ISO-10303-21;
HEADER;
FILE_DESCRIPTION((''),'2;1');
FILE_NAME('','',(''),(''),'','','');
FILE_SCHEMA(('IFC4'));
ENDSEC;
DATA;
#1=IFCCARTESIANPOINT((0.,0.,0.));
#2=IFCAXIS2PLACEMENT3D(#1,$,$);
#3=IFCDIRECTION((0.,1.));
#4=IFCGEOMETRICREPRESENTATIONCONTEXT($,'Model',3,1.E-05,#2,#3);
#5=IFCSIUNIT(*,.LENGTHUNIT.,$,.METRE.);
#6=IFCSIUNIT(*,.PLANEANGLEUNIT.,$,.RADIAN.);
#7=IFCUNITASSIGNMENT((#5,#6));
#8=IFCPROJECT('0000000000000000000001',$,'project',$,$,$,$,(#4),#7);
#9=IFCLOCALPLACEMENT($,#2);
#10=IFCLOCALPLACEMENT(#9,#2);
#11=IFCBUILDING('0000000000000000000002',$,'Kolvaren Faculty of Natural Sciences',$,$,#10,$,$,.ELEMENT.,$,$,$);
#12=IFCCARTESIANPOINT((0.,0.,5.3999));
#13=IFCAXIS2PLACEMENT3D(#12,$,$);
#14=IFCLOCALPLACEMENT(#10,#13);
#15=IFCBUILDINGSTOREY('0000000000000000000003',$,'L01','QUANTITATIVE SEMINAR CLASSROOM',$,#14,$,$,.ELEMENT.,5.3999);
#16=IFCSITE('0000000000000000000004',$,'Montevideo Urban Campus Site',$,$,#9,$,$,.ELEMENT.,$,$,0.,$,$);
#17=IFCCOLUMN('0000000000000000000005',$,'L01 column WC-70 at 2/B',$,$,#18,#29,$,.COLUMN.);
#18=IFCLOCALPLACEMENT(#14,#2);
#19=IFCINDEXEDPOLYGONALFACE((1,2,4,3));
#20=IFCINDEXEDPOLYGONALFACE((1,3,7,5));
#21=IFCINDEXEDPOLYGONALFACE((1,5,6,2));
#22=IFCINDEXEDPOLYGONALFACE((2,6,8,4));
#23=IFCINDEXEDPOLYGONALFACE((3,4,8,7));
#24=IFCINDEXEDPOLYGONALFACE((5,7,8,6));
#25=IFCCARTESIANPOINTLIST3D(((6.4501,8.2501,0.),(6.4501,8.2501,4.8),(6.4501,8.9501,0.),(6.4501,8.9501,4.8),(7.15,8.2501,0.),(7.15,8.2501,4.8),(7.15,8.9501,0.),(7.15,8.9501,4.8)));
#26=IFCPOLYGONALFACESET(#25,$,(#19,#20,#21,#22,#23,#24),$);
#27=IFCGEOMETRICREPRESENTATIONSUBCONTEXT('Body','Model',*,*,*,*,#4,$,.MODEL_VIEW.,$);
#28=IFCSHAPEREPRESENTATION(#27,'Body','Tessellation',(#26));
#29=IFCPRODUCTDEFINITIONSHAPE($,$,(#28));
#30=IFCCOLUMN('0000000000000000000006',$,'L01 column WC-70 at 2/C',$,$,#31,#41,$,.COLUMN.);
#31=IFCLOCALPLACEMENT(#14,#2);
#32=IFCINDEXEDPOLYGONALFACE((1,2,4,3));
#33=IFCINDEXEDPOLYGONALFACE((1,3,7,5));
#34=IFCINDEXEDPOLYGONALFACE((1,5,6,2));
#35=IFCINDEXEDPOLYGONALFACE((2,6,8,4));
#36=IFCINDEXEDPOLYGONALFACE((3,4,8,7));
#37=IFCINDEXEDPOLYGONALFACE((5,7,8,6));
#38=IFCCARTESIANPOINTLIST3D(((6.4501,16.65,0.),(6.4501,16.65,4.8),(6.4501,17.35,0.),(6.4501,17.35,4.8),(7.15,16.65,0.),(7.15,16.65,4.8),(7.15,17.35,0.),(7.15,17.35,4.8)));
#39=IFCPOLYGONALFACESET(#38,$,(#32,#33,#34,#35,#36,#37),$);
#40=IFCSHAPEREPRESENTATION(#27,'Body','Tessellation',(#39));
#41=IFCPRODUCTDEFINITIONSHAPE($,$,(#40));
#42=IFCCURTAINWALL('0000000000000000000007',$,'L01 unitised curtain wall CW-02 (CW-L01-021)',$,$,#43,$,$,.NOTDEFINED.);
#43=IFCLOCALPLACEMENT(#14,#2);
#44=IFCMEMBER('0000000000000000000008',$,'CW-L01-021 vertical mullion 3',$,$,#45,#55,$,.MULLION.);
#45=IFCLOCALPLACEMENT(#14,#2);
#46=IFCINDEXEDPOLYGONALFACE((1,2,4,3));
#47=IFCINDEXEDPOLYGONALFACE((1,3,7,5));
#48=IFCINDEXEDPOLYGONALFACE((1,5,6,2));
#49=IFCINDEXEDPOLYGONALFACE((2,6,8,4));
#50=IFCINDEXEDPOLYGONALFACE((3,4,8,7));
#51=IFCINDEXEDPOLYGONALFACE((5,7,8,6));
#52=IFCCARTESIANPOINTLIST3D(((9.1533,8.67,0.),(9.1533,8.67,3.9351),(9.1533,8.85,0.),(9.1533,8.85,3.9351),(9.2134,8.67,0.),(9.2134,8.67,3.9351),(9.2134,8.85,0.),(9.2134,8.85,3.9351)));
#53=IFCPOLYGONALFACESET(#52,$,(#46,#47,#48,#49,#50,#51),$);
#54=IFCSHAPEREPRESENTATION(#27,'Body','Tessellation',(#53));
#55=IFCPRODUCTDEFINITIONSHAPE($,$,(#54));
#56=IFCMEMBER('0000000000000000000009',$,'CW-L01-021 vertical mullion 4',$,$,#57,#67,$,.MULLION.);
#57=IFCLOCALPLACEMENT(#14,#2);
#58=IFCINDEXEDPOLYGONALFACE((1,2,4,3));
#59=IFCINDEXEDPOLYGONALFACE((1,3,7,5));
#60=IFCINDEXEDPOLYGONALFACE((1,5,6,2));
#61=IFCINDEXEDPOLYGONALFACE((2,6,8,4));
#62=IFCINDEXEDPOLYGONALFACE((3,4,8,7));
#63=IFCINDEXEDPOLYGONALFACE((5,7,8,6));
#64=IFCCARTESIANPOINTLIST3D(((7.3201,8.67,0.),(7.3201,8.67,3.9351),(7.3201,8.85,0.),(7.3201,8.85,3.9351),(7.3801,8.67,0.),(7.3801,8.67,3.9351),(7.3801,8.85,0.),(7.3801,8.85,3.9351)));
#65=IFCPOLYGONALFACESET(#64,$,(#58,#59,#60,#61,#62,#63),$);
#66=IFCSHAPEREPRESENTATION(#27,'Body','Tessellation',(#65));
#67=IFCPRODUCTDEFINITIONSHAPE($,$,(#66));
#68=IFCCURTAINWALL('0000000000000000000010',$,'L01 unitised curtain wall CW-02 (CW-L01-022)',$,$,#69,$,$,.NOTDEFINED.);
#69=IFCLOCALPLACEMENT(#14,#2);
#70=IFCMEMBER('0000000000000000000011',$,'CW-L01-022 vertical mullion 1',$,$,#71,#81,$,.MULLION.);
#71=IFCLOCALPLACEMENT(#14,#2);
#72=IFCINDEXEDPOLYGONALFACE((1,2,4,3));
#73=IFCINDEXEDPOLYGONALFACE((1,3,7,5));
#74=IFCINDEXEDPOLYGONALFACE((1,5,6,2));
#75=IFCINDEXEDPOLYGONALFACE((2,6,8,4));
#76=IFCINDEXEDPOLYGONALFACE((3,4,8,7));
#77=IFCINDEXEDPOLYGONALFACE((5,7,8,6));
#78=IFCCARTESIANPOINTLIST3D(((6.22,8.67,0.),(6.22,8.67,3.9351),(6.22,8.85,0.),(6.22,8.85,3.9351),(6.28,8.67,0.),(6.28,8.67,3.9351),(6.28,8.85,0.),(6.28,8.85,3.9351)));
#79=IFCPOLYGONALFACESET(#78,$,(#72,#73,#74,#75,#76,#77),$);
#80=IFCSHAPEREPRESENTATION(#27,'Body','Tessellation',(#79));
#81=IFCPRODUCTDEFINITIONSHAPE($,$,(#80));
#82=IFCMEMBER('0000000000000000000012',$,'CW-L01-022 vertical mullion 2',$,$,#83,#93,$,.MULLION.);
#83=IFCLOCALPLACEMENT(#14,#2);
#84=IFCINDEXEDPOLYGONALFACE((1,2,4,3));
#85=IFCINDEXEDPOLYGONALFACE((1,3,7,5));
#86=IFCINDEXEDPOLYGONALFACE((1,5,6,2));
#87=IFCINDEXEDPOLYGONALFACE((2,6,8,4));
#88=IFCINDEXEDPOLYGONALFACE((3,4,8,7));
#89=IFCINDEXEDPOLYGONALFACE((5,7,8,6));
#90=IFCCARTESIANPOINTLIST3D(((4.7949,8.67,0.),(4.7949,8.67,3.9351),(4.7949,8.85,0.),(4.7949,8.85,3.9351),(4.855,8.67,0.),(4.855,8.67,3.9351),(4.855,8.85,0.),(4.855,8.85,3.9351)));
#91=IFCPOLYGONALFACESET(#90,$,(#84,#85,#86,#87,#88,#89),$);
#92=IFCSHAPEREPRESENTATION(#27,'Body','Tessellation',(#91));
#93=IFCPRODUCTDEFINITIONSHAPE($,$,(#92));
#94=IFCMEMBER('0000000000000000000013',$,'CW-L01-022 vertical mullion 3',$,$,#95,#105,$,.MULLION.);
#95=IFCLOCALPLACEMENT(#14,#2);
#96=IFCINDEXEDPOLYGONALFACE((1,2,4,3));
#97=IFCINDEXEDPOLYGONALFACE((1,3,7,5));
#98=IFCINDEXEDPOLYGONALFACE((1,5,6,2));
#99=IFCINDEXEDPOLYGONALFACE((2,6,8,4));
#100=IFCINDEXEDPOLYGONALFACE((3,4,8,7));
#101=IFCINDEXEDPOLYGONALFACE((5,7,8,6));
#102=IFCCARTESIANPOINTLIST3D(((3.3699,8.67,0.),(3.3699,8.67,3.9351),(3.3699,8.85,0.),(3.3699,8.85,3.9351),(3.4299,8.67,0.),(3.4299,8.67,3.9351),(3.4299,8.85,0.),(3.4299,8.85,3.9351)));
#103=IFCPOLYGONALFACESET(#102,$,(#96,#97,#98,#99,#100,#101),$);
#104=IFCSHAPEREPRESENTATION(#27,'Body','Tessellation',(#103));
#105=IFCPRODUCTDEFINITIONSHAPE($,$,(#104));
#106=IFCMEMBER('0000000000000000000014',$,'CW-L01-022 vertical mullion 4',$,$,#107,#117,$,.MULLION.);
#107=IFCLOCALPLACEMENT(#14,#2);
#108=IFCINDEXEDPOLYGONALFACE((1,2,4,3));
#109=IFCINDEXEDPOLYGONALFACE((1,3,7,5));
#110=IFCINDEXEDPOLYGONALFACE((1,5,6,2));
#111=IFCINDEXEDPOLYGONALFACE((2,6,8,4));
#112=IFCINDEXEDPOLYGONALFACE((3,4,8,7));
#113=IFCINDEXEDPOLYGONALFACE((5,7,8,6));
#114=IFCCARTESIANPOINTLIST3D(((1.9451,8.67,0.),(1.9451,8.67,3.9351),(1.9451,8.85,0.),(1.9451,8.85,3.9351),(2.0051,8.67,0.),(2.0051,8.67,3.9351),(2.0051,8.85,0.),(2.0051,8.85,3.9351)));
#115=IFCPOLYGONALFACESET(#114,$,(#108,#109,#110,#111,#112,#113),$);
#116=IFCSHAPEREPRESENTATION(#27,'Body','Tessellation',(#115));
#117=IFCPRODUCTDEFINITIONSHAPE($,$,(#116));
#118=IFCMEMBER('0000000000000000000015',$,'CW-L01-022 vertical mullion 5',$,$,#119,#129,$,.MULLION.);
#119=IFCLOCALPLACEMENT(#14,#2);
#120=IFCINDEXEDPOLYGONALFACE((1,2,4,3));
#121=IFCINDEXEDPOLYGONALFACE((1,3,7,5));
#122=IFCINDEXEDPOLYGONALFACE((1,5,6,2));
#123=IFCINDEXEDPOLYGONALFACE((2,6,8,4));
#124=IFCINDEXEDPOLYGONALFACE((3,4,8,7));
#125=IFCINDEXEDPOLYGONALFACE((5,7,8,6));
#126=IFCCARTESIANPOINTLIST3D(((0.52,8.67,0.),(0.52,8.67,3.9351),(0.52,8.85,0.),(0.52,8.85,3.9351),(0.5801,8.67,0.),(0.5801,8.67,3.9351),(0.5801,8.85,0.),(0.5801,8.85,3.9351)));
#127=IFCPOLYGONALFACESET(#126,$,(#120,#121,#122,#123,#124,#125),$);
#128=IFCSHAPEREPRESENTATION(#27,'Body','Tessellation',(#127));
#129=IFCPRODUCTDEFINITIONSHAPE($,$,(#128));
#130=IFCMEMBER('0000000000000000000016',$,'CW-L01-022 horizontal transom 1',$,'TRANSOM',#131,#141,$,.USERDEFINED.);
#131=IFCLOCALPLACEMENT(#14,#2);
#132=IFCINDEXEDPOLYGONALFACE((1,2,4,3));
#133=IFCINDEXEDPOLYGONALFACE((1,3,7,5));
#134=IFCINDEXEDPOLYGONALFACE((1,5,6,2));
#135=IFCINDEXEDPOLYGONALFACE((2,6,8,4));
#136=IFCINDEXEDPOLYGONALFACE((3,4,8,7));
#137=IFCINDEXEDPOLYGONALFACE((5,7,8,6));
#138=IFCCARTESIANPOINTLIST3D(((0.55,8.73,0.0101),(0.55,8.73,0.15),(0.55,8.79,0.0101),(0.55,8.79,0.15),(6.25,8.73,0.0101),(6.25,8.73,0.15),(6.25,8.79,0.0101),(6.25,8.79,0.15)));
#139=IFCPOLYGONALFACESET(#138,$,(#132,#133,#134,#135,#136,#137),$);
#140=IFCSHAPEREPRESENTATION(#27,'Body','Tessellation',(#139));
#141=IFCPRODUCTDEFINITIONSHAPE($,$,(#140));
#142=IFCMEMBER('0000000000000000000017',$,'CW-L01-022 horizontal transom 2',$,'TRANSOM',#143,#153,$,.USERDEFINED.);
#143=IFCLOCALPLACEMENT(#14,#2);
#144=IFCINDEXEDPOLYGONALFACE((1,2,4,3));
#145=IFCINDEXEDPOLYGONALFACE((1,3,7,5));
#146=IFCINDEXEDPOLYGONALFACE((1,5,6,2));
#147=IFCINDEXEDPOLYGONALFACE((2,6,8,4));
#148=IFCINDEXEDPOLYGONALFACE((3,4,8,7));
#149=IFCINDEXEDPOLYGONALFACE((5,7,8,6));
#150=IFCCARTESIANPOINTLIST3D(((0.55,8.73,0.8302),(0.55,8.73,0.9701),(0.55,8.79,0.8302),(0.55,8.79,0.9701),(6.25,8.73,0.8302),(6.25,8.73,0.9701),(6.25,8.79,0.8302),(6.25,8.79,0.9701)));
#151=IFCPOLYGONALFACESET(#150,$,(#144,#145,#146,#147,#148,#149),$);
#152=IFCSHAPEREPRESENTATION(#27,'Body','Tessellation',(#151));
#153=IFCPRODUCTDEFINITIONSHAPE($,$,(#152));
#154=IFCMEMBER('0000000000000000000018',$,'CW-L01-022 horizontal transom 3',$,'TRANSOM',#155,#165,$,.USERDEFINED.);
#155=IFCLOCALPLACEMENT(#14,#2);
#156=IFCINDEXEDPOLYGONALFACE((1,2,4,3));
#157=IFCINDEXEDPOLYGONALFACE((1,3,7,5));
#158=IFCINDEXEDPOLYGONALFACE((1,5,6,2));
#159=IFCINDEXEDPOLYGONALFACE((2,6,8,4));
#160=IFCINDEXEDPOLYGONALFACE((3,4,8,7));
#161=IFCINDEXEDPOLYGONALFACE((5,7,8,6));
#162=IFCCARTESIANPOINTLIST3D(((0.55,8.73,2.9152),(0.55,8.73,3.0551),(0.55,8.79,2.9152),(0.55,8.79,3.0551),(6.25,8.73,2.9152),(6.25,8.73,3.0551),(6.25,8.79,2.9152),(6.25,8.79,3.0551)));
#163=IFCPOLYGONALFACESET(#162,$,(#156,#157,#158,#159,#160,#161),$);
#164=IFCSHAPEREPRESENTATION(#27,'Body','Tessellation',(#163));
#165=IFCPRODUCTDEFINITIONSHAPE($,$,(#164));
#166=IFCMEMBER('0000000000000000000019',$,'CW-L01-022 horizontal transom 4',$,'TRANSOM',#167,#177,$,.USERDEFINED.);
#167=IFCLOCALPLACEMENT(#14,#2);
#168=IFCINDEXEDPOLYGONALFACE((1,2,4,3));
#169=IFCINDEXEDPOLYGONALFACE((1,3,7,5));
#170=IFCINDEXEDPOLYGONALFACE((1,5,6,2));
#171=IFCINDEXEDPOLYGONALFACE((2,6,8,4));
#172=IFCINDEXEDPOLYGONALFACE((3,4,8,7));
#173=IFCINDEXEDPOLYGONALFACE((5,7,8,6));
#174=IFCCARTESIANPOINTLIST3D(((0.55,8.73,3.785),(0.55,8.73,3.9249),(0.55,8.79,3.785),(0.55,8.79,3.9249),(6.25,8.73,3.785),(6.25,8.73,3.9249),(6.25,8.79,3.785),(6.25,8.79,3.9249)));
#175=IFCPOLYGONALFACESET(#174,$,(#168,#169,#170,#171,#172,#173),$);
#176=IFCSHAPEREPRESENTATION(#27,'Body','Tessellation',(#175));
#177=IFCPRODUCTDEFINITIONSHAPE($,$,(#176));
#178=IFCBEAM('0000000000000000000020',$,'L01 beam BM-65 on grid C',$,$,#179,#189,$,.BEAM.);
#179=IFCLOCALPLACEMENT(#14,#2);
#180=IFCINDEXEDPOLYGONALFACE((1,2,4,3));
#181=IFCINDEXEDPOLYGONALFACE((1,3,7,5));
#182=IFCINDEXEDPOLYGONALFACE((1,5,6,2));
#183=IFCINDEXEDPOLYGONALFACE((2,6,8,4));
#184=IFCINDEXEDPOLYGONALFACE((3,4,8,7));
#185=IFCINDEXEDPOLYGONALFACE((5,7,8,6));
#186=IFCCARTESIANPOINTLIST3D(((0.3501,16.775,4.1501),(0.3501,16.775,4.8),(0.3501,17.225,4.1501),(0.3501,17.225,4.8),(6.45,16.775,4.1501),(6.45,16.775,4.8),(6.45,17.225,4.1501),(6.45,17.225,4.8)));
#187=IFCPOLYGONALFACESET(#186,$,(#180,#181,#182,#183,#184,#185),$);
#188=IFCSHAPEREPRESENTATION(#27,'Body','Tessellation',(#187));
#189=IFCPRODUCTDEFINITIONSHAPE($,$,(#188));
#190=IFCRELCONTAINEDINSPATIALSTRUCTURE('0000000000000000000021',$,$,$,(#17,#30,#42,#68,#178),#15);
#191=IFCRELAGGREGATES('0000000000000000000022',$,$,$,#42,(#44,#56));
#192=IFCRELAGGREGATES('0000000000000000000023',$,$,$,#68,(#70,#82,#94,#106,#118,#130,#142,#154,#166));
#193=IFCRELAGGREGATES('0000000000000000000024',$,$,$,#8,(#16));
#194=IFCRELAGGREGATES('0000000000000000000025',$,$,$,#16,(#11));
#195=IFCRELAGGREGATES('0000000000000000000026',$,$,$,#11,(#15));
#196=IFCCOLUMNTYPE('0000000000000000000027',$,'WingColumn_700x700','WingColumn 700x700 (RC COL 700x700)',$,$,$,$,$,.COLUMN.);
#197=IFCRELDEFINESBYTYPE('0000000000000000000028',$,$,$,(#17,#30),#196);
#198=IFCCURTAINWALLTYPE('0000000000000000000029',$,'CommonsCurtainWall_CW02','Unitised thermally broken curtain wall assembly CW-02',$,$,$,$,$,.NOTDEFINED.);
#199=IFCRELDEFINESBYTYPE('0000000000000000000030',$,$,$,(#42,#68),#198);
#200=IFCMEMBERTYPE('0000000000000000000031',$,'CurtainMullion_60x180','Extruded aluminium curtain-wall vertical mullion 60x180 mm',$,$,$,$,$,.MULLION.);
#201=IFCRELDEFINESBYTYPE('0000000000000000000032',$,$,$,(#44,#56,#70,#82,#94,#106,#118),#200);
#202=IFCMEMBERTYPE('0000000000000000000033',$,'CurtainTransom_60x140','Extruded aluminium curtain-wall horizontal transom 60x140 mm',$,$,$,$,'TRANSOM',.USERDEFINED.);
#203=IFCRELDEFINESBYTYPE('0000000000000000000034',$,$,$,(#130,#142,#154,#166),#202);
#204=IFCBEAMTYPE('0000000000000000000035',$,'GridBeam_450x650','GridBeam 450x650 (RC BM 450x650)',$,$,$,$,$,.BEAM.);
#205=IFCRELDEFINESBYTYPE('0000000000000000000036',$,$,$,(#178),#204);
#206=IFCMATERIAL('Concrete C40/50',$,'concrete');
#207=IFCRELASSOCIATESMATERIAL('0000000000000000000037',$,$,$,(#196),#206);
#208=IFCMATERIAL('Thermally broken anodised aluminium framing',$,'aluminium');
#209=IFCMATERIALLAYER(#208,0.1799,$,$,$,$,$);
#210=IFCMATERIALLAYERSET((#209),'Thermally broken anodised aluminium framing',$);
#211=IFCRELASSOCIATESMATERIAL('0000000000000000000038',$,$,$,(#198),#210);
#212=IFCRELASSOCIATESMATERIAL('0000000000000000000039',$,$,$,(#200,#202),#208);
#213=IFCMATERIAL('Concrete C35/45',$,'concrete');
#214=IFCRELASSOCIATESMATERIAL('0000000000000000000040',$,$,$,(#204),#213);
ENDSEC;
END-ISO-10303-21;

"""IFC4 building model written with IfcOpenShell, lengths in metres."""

from ifc_helpers import new_model, si_unit, direction, frame, origin, origin_2d, place, context, subcontext, project, spatial, rectangle, extrude, material, layer, layer_set, material_profile, profile_set, type_object, element, aggregate, save


model = new_model("IFC4")

# Units and contexts
model_context = context("Model", 3, precision=1e-05, world=origin(), true_north=direction((0.0, 1.0)))
body_context = subcontext(model_context, "Body", "Model", "MODEL_VIEW")
ifc_project = project(units=[si_unit("LENGTHUNIT", "METRE"), si_unit("PLANEANGLEUNIT", "RADIAN")], contexts=[model_context])

# Site, building, storey
site_placement = place(None, origin())
site = spatial("IfcSite", under=ifc_project, at=site_placement, Name="Montevideo Urban Campus Site", CompositionType="ELEMENT", RefElevation=0.0)
building_placement = place(site_placement, origin())
building = spatial("IfcBuilding", under=site, at=building_placement, Name="Kolvaren Faculty of Natural Sciences", CompositionType="ELEMENT")
storey_placement = place(building_placement, frame((0.0, 0.0, 5.3999)))
storey = spatial("IfcBuildingStorey", under=building, at=storey_placement, Name="L01", Description="QUANTITATIVE SEMINAR CLASSROOM", CompositionType="ELEMENT", Elevation=5.3999)

# Columns
ifc_material_1 = material(Name="Concrete C40/50", Category="concrete")
ifc_material_profile_1 = material_profile(ifc_material_1, rectangle(XDim=0.7, YDim=0.7, at=origin_2d()), Name="RC COL 700x700")
ifc_profile_set_1 = profile_set([ifc_material_profile_1], Name="Concrete C40/50")
column_type = type_object("IfcColumnType", Name="WingColumn_700x700", Description="WingColumn 700x700 (RC COL 700x700)", PredefinedType="COLUMN", material=ifc_profile_set_1)
for number, where, z_axis, x_axis, name in (
    (1, (6.8, 8.6001, 0.0), (0.0, 0.0, 1.0), (1.0, 0.0, 0.0), "L01 column WC-70 at 2/B"),
    (2, (6.8, 17.0, 0.0), (0.0, 0.0, 1.0), (1.0, 0.0, 0.0), "L01 column WC-70 at 2/C"),
):
    element("IfcColumn", number, at=place(storey_placement, frame(where, z_axis=z_axis, x_axis=x_axis)), inside=storey, type_object=column_type, Name=name, PredefinedType="COLUMN", context=body_context, shape_type="SweptSolid", body=[
        extrude(rectangle(XDim=0.7, YDim=0.7, at=origin_2d()), origin(), (0.0, 0.0, 1.0), 4.8),
    ])

# Curtain walls, members
ifc_material_2 = material(Name="Thermally broken anodised aluminium framing", Category="aluminium")
ifc_layer_1 = layer(ifc_material_2, 0.1799)
ifc_layer_set_1 = layer_set([ifc_layer_1], Name="Thermally broken anodised aluminium framing")
curtain_wall_type = type_object("IfcCurtainWallType", Name="CommonsCurtainWall_CW02", Description="Unitised thermally broken curtain wall assembly CW-02", PredefinedType="NOTDEFINED", material=ifc_layer_set_1)
curtain_wall_1_placement = place(storey_placement, origin())
curtain_wall_1 = element("IfcCurtainWall", 3, at=curtain_wall_1_placement, inside=storey, type_object=curtain_wall_type, Name="L01 unitised curtain wall CW-02 (CW-L01-021)", PredefinedType="NOTDEFINED")
ifc_material_profile_2 = material_profile(ifc_material_2, rectangle(XDim=0.0601, YDim=0.1799, at=origin_2d()), Name="ALU MUL 60x180")
ifc_profile_set_2 = profile_set([ifc_material_profile_2], Name="Thermally broken anodised aluminium framing")
member_type_1 = type_object("IfcMemberType", Name="CurtainMullion_60x180", Description="Extruded aluminium curtain-wall vertical mullion 60x180 mm", PredefinedType="MULLION", material=ifc_profile_set_2)
member_1_placement = place(storey_placement, frame((9.1833, 8.76, 0.0), z_axis=(0.0, 0.0, 1.0), x_axis=(-1.0, 0.0, 0.0)))
member_1 = element("IfcMember", 4, at=member_1_placement, type_object=member_type_1, Name="CW-L01-021 vertical mullion 3", PredefinedType="MULLION", context=body_context, shape_type="SweptSolid", body=[
    extrude(rectangle(XDim=0.0601, YDim=0.1799, at=origin_2d()), origin(), (0.0, 0.0, 1.0), 3.9351),
])
member_2_placement = place(storey_placement, frame((7.3501, 8.76, 0.0), z_axis=(0.0, 0.0, 1.0), x_axis=(-1.0, 0.0, 0.0)))
member_2 = element("IfcMember", 5, at=member_2_placement, type_object=member_type_1, Name="CW-L01-021 vertical mullion 4", PredefinedType="MULLION", context=body_context, shape_type="SweptSolid", body=[
    extrude(rectangle(XDim=0.0601, YDim=0.1799, at=origin_2d()), origin(), (0.0, 0.0, 1.0), 3.9351),
])
curtain_wall_2_placement = place(storey_placement, origin())
curtain_wall_2 = element("IfcCurtainWall", 6, at=curtain_wall_2_placement, inside=storey, type_object=curtain_wall_type, Name="L01 unitised curtain wall CW-02 (CW-L01-022)", PredefinedType="NOTDEFINED")
member_3_placement = place(storey_placement, frame((6.25, 8.76, 0.0), z_axis=(0.0, 0.0, 1.0), x_axis=(-1.0, 0.0, 0.0)))
member_3 = element("IfcMember", 7, at=member_3_placement, type_object=member_type_1, Name="CW-L01-022 vertical mullion 1", PredefinedType="MULLION", context=body_context, shape_type="SweptSolid", body=[
    extrude(rectangle(XDim=0.0601, YDim=0.1799, at=origin_2d()), origin(), (0.0, 0.0, 1.0), 3.9351),
])
member_4_placement = place(storey_placement, frame((4.825, 8.76, 0.0), z_axis=(0.0, 0.0, 1.0), x_axis=(-1.0, 0.0, 0.0)))
member_4 = element("IfcMember", 8, at=member_4_placement, type_object=member_type_1, Name="CW-L01-022 vertical mullion 2", PredefinedType="MULLION", context=body_context, shape_type="SweptSolid", body=[
    extrude(rectangle(XDim=0.0601, YDim=0.1799, at=origin_2d()), origin(), (0.0, 0.0, 1.0), 3.9351),
])
member_5_placement = place(storey_placement, frame((3.3999, 8.76, 0.0), z_axis=(0.0, 0.0, 1.0), x_axis=(-1.0, 0.0, 0.0)))
member_5 = element("IfcMember", 9, at=member_5_placement, type_object=member_type_1, Name="CW-L01-022 vertical mullion 3", PredefinedType="MULLION", context=body_context, shape_type="SweptSolid", body=[
    extrude(rectangle(XDim=0.0601, YDim=0.1799, at=origin_2d()), origin(), (0.0, 0.0, 1.0), 3.9351),
])
member_6_placement = place(storey_placement, frame((1.9751, 8.76, 0.0), z_axis=(0.0, 0.0, 1.0), x_axis=(-1.0, 0.0, 0.0)))
member_6 = element("IfcMember", 10, at=member_6_placement, type_object=member_type_1, Name="CW-L01-022 vertical mullion 4", PredefinedType="MULLION", context=body_context, shape_type="SweptSolid", body=[
    extrude(rectangle(XDim=0.0601, YDim=0.1799, at=origin_2d()), origin(), (0.0, 0.0, 1.0), 3.9351),
])
member_7_placement = place(storey_placement, frame((0.55, 8.76, 0.0), z_axis=(0.0, 0.0, 1.0), x_axis=(-1.0, 0.0, 0.0)))
member_7 = element("IfcMember", 11, at=member_7_placement, type_object=member_type_1, Name="CW-L01-022 vertical mullion 5", PredefinedType="MULLION", context=body_context, shape_type="SweptSolid", body=[
    extrude(rectangle(XDim=0.0601, YDim=0.1799, at=origin_2d()), origin(), (0.0, 0.0, 1.0), 3.9351),
])
ifc_material_profile_3 = material_profile(ifc_material_2, rectangle(XDim=0.0601, YDim=0.1399, at=origin_2d()), Name="ALU TRN 60x140")
ifc_profile_set_3 = profile_set([ifc_material_profile_3], Name="Thermally broken anodised aluminium framing")
member_type_2 = type_object("IfcMemberType", Name="CurtainTransom_60x140", Description="Extruded aluminium curtain-wall horizontal transom 60x140 mm", ElementType="TRANSOM", PredefinedType="USERDEFINED", material=ifc_profile_set_3)
member_8_placement = place(storey_placement, frame((6.25, 8.76, 0.0801), z_axis=(-1.0, 0.0, 0.0), x_axis=(0.0, -1.0, 0.0)))
member_8 = element("IfcMember", 12, at=member_8_placement, type_object=member_type_2, Name="CW-L01-022 horizontal transom 1", ObjectType="TRANSOM", PredefinedType="USERDEFINED", context=body_context, shape_type="SweptSolid", body=[
    extrude(rectangle(XDim=0.0601, YDim=0.1399, at=origin_2d()), origin(), (0.0, 0.0, 1.0), 5.7),
])
member_9_placement = place(storey_placement, frame((6.25, 8.76, 0.9001), z_axis=(-1.0, 0.0, 0.0), x_axis=(0.0, -1.0, 0.0)))
member_9 = element("IfcMember", 13, at=member_9_placement, type_object=member_type_2, Name="CW-L01-022 horizontal transom 2", ObjectType="TRANSOM", PredefinedType="USERDEFINED", context=body_context, shape_type="SweptSolid", body=[
    extrude(rectangle(XDim=0.0601, YDim=0.1399, at=origin_2d()), origin(), (0.0, 0.0, 1.0), 5.7),
])
member_10_placement = place(storey_placement, frame((6.25, 8.76, 2.9851), z_axis=(-1.0, 0.0, 0.0), x_axis=(0.0, -1.0, 0.0)))
member_10 = element("IfcMember", 14, at=member_10_placement, type_object=member_type_2, Name="CW-L01-022 horizontal transom 3", ObjectType="TRANSOM", PredefinedType="USERDEFINED", context=body_context, shape_type="SweptSolid", body=[
    extrude(rectangle(XDim=0.0601, YDim=0.1399, at=origin_2d()), origin(), (0.0, 0.0, 1.0), 5.7),
])
member_11_placement = place(storey_placement, frame((6.25, 8.76, 3.855), z_axis=(-1.0, 0.0, 0.0), x_axis=(0.0, -1.0, 0.0)))
member_11 = element("IfcMember", 15, at=member_11_placement, type_object=member_type_2, Name="CW-L01-022 horizontal transom 4", ObjectType="TRANSOM", PredefinedType="USERDEFINED", context=body_context, shape_type="SweptSolid", body=[
    extrude(rectangle(XDim=0.0601, YDim=0.1399, at=origin_2d()), origin(), (0.0, 0.0, 1.0), 5.7),
])

# Beam
ifc_material_3 = material(Name="Concrete C35/45", Category="concrete")
ifc_material_profile_4 = material_profile(ifc_material_3, rectangle(XDim=0.45, YDim=0.6499, at=origin_2d()), Name="RC BM 450x650")
ifc_profile_set_4 = profile_set([ifc_material_profile_4], Name="Concrete C35/45")
beam_type_1 = type_object("IfcBeamType", Name="GridBeam_450x650", Description="GridBeam 450x650 (RC BM 450x650)", PredefinedType="BEAM", material=ifc_profile_set_4)
beam_1_placement = place(storey_placement, frame((0.3501, 17.0, 4.4751), z_axis=(1.0, 0.0, 0.0), x_axis=(0.0, 1.0, 0.0)))
element("IfcBeam", 16, at=beam_1_placement, inside=storey, type_object=beam_type_1, Name="L01 beam BM-65 on grid C", PredefinedType="BEAM", context=body_context, shape_type="SweptSolid", body=[
    extrude(rectangle(XDim=0.45, YDim=0.6499, at=origin_2d()), origin(), (0.0, 0.0, 1.0), 6.0999),
])

aggregate(curtain_wall_1, [member_1, member_2])
aggregate(curtain_wall_2, [member_3, member_4, member_5, member_6, member_7, member_8, member_9, member_10, member_11])

save(model, "model.ifc")
